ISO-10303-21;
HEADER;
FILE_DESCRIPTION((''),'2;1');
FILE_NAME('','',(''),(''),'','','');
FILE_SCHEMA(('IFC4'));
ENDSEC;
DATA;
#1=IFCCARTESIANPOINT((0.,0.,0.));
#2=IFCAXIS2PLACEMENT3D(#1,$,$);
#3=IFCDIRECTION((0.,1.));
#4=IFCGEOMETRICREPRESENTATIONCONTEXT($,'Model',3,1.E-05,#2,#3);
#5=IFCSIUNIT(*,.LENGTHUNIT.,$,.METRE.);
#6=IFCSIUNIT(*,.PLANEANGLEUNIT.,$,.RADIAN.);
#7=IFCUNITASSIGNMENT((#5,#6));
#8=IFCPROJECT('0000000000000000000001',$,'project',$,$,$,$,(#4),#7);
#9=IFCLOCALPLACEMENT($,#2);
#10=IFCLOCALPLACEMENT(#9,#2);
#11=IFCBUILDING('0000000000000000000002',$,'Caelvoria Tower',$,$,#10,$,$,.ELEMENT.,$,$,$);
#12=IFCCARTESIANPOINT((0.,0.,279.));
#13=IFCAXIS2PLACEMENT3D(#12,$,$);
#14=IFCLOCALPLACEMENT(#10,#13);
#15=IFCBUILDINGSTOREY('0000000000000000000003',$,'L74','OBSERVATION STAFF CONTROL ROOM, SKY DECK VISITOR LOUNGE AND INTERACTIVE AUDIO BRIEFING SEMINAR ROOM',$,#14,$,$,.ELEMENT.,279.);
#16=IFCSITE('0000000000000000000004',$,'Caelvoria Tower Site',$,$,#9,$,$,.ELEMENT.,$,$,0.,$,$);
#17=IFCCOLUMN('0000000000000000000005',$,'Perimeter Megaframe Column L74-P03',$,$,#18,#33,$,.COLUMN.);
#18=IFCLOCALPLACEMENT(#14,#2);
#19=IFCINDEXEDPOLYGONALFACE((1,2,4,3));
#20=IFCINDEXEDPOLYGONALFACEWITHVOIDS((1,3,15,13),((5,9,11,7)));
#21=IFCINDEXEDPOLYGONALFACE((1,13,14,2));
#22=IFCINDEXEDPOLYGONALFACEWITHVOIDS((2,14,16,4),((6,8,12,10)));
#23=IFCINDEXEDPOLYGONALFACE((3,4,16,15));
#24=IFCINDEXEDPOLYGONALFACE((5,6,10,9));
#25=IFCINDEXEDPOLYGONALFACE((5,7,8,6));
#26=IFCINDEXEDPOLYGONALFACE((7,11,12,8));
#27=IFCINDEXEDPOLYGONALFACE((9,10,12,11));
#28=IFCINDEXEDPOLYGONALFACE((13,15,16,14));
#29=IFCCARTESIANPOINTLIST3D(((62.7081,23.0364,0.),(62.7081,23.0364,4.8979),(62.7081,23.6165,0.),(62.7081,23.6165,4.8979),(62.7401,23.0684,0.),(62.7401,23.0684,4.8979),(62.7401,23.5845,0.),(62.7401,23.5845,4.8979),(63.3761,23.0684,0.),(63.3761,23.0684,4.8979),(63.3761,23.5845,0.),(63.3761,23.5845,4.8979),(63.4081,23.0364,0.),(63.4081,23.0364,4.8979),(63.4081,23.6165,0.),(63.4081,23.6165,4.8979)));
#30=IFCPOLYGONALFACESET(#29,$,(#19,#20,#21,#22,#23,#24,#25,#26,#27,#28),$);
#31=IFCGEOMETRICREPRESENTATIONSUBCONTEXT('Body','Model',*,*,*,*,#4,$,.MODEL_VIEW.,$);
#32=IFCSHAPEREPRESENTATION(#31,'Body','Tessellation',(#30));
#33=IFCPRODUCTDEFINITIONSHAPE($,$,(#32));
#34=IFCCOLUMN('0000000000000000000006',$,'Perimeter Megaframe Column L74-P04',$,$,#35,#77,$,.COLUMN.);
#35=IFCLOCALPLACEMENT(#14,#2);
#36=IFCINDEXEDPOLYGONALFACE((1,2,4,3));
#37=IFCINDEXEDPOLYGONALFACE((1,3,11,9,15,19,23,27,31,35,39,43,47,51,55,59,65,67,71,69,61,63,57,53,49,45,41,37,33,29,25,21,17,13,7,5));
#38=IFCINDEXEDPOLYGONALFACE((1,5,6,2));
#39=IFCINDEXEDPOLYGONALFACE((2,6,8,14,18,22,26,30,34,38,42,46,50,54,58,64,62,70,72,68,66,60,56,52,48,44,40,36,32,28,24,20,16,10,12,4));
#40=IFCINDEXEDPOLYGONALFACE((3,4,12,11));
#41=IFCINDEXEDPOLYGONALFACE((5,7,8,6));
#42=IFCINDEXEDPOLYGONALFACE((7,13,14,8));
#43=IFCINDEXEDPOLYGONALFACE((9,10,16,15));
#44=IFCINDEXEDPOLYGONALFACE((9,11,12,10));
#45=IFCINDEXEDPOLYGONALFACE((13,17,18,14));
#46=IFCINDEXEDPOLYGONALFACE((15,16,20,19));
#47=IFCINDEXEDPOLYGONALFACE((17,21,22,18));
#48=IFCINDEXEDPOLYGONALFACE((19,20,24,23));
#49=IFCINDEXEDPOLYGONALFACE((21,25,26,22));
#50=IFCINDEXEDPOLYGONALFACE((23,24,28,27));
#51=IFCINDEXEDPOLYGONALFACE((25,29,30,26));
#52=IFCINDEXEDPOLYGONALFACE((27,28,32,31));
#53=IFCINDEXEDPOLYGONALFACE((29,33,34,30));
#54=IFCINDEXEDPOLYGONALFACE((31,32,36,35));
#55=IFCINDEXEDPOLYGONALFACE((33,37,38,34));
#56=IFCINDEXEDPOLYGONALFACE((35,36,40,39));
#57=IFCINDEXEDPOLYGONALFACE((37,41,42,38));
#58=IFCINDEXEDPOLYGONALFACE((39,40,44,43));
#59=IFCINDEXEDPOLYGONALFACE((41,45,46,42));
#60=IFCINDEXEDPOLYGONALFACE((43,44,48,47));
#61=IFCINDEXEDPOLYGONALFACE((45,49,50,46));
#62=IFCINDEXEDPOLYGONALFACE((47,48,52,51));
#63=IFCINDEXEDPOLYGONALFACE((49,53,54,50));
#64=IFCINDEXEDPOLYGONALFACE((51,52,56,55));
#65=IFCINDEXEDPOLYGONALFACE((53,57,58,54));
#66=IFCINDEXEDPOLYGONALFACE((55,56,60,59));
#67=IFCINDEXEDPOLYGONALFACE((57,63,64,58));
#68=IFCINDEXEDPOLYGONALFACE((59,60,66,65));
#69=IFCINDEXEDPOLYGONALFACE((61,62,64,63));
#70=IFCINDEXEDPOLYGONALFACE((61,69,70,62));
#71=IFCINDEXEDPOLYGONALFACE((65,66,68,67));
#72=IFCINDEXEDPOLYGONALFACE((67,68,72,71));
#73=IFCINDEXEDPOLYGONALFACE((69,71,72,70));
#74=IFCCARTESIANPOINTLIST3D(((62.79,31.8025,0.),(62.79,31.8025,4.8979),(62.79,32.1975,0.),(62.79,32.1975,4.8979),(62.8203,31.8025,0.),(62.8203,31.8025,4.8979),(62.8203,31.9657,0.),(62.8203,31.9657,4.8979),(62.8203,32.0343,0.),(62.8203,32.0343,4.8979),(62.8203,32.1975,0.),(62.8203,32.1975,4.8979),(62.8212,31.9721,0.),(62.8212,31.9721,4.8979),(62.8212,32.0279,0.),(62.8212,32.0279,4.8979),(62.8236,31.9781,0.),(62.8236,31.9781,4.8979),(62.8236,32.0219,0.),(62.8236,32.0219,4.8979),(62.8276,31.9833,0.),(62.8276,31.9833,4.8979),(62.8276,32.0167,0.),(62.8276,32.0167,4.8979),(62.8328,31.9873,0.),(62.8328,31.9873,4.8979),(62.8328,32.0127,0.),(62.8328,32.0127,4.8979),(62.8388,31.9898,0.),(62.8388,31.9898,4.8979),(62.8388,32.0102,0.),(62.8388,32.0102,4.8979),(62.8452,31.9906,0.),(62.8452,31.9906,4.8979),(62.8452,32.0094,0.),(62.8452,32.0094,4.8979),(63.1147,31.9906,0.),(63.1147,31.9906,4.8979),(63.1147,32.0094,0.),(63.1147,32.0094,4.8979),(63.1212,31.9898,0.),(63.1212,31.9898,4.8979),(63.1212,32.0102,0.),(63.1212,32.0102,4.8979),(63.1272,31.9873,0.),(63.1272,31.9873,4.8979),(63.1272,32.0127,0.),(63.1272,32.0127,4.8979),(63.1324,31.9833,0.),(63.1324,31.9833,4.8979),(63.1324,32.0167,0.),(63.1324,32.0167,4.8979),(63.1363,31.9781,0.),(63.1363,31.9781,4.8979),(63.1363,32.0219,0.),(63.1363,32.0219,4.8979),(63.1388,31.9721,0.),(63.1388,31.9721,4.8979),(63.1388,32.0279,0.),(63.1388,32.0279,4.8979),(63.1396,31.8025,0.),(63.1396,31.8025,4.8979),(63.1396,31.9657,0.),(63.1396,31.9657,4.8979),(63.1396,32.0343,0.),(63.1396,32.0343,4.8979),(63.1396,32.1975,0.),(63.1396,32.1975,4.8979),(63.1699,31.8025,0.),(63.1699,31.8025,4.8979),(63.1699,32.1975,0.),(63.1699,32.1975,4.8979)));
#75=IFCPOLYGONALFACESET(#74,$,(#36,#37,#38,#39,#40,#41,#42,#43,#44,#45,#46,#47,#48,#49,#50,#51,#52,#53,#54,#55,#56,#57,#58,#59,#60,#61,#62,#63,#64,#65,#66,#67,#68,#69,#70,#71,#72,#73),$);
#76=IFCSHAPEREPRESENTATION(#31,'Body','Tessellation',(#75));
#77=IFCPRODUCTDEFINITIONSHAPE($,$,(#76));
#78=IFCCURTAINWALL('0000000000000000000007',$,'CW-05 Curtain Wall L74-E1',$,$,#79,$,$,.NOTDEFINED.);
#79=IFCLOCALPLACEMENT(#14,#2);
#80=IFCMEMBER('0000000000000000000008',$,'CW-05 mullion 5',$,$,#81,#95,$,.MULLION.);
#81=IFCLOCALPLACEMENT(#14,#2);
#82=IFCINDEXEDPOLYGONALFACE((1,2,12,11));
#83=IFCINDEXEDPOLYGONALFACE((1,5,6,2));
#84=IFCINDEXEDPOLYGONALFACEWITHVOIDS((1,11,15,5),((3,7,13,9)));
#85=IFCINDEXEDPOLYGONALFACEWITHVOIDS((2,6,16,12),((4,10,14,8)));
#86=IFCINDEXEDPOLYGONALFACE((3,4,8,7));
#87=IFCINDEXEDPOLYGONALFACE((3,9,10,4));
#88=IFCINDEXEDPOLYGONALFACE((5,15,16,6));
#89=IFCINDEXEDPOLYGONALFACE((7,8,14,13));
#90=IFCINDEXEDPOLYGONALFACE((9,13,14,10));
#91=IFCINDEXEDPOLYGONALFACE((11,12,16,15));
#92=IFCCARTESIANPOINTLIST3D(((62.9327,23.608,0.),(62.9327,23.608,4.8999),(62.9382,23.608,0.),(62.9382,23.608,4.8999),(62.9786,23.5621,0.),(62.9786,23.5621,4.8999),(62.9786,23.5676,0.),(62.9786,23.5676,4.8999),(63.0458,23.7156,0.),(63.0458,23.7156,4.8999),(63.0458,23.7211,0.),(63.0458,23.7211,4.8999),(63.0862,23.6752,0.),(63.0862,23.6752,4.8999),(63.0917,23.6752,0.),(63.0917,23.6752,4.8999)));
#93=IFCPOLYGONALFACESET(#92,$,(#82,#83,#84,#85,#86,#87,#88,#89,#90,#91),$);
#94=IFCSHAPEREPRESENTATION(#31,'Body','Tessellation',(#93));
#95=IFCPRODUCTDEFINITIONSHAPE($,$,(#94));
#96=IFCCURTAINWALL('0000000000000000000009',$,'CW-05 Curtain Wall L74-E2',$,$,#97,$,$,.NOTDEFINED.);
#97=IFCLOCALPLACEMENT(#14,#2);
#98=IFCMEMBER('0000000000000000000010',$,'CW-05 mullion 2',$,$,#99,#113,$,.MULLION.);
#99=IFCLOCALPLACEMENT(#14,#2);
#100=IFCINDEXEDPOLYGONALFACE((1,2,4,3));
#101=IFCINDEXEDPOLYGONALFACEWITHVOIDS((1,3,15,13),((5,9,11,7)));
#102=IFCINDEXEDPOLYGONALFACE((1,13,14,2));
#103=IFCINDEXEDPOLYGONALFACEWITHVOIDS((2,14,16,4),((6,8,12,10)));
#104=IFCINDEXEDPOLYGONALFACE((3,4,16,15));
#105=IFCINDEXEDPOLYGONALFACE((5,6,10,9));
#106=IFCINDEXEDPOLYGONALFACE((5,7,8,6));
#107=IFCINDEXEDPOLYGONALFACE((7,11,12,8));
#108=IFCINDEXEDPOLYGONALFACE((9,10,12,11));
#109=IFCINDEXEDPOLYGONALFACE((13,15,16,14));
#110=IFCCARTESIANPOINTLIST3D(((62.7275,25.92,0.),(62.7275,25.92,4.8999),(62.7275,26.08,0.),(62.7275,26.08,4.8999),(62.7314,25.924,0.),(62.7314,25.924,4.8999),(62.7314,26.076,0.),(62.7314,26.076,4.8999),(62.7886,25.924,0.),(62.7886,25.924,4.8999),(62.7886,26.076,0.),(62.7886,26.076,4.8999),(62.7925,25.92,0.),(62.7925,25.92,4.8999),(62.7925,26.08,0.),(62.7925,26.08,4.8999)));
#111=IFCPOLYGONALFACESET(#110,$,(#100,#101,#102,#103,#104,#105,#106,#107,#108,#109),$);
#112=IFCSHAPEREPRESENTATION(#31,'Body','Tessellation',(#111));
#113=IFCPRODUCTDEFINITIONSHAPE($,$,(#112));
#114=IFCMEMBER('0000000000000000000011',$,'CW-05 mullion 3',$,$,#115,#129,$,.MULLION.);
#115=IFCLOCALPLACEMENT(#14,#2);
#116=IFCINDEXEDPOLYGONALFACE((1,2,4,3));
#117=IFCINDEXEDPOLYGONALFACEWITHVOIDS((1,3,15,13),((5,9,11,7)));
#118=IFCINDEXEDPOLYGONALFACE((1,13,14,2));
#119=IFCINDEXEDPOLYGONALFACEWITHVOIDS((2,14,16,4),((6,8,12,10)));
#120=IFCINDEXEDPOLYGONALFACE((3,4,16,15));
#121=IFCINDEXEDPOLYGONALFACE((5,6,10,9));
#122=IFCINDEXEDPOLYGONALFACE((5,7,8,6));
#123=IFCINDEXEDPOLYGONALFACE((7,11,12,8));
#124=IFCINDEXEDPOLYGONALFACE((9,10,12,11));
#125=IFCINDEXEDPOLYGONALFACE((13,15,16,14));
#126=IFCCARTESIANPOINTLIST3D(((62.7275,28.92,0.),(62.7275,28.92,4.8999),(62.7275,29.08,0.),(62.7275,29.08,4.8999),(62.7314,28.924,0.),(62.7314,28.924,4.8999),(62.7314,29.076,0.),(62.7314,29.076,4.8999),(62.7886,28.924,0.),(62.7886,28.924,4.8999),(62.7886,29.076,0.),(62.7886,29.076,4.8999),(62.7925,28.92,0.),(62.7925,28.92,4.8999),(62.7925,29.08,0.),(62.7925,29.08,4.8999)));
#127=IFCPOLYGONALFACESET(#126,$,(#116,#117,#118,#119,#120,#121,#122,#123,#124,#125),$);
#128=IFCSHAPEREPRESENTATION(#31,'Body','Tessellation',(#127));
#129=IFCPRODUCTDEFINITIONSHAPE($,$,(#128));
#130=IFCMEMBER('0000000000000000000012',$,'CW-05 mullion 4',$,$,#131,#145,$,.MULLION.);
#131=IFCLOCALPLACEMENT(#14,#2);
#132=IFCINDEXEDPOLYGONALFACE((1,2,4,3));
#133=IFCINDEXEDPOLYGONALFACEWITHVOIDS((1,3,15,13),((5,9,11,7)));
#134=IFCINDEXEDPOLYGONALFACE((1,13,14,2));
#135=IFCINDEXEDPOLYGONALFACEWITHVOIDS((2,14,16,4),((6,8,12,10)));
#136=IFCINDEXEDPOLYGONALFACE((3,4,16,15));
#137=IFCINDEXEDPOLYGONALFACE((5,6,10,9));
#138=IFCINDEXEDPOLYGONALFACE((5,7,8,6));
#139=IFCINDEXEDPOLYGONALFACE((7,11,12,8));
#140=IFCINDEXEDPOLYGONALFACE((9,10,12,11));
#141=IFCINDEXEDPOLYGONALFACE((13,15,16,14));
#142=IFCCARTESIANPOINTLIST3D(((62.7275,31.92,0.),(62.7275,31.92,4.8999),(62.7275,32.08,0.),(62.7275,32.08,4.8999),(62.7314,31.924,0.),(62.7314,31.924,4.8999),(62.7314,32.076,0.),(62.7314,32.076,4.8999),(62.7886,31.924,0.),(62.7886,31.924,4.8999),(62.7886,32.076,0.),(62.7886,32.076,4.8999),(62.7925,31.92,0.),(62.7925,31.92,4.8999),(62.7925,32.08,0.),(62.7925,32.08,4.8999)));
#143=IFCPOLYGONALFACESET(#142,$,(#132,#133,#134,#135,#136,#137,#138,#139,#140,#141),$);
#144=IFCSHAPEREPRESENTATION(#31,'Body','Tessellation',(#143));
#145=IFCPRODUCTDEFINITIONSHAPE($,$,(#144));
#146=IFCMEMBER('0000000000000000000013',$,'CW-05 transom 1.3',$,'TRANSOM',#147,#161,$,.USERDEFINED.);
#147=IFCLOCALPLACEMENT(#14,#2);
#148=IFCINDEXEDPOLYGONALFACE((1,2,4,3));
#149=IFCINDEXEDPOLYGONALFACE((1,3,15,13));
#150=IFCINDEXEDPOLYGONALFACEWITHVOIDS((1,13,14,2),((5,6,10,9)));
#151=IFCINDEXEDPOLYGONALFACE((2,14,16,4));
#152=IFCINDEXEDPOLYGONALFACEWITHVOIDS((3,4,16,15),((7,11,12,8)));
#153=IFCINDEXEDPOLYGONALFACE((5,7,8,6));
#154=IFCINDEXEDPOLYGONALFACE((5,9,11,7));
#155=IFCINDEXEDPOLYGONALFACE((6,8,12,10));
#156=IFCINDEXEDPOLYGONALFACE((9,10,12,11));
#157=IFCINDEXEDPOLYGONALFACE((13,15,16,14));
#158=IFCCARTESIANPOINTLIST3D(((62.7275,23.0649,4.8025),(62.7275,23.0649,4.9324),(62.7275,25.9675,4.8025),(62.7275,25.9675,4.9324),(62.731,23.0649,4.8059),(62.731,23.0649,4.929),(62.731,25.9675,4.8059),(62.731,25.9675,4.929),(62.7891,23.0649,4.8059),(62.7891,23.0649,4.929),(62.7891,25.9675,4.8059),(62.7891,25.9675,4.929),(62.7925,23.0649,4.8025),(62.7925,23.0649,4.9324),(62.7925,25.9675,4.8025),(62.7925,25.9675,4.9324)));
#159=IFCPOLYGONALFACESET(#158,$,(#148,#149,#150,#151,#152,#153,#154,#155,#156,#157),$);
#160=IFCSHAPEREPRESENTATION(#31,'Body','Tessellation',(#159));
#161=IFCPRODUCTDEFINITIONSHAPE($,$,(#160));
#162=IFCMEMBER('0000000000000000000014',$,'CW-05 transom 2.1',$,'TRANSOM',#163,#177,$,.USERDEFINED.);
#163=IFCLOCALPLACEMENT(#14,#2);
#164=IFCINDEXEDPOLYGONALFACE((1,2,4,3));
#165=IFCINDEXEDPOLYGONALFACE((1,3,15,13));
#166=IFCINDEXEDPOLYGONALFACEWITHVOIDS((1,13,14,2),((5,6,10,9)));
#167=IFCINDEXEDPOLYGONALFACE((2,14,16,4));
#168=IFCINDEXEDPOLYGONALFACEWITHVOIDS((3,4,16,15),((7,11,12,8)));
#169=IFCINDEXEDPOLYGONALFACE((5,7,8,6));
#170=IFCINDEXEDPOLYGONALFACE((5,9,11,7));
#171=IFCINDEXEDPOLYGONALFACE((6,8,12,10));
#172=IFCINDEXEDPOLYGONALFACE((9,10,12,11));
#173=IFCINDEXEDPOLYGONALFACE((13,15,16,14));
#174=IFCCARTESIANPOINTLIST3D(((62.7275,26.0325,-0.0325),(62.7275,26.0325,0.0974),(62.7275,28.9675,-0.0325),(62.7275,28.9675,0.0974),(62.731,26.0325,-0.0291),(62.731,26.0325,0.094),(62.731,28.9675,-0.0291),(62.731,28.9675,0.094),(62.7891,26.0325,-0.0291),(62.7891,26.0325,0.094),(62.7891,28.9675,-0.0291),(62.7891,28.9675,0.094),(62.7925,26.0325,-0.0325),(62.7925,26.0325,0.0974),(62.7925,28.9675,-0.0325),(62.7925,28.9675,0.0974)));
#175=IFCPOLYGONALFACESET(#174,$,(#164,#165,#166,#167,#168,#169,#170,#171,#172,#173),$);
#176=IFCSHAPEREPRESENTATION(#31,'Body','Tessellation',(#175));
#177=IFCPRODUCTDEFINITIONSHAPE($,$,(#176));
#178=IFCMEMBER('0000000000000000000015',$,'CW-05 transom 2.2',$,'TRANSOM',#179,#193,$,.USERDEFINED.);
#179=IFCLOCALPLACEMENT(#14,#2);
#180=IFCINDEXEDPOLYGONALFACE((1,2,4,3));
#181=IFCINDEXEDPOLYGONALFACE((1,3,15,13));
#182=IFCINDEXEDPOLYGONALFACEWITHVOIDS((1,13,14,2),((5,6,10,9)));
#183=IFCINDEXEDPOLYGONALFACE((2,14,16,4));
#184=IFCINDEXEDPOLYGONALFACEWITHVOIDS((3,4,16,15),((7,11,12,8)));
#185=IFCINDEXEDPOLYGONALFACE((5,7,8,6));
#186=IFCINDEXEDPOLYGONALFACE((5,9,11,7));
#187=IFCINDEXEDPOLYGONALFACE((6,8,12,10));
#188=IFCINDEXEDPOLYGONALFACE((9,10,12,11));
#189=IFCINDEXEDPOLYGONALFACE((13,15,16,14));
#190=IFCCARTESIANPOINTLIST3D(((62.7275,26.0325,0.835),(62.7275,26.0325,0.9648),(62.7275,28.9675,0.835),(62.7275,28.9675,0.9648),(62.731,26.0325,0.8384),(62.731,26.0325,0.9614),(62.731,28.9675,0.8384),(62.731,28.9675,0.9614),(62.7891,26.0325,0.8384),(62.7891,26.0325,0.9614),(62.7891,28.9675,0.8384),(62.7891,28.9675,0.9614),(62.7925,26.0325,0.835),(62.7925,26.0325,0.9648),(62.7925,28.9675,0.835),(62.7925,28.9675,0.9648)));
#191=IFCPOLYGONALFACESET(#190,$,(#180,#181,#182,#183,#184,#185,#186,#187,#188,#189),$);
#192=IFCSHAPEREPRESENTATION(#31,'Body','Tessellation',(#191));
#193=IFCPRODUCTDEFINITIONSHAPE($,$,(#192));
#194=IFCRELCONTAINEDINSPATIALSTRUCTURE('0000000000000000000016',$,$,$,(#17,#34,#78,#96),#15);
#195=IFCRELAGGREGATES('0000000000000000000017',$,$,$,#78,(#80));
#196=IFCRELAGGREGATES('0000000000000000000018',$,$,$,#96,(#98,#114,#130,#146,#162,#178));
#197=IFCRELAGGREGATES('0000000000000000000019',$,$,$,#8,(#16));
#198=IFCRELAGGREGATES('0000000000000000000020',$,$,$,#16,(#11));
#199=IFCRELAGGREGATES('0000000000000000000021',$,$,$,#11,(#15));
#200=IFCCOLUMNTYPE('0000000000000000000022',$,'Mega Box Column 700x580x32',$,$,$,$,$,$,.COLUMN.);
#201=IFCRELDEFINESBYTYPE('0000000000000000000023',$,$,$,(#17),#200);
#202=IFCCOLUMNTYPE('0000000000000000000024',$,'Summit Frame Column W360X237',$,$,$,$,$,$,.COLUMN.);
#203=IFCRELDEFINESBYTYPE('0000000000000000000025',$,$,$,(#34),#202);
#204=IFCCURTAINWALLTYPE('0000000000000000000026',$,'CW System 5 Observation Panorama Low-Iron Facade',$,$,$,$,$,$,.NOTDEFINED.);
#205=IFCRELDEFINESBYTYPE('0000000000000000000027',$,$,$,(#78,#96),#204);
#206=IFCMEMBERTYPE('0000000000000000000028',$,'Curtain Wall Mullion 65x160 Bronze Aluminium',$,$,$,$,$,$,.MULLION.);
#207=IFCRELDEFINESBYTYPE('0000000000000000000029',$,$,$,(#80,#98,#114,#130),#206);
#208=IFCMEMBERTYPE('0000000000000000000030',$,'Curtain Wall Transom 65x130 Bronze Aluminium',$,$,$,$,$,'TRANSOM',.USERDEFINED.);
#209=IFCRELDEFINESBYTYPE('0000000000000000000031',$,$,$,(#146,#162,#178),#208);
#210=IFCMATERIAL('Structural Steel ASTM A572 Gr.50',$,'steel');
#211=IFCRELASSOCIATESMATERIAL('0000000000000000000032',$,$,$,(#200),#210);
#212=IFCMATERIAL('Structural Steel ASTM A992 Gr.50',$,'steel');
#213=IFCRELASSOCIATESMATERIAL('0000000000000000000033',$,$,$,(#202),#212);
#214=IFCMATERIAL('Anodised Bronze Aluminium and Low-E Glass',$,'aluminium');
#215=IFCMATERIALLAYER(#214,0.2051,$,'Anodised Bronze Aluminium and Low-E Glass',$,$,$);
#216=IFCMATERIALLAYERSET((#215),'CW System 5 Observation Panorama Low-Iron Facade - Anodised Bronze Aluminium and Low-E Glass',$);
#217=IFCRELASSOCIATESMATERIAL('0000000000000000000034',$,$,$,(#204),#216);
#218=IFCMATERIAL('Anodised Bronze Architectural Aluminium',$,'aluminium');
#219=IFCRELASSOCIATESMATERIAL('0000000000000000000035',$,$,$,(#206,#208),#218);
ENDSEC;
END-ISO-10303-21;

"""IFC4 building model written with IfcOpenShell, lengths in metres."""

from ifc_helpers import new_model, si_unit, direction, frame, origin, origin_2d, place, context, subcontext, project, spatial, hollow_rectangle, i_section, extrude, material, layer, layer_set, material_profile, profile_set, type_object, element, aggregate, save


model = new_model("IFC4")

# Units and contexts
model_context = context("Model", 3, precision=1e-05, world=origin(), true_north=direction((0.0, 1.0)))
body_context = subcontext(model_context, "Body", "Model", "MODEL_VIEW")
ifc_project = project(units=[si_unit("LENGTHUNIT", "METRE"), si_unit("PLANEANGLEUNIT", "RADIAN")], contexts=[model_context])

# Site, building, storey
site_placement = place(None, origin())
site = spatial("IfcSite", under=ifc_project, at=site_placement, Name="Caelvoria Tower Site", CompositionType="ELEMENT", RefElevation=0.0)
building_placement = place(site_placement, origin())
building = spatial("IfcBuilding", under=site, at=building_placement, Name="Caelvoria Tower", CompositionType="ELEMENT")
storey_placement = place(building_placement, frame((0.0, 0.0, 279.0)))
storey = spatial("IfcBuildingStorey", under=building, at=storey_placement, Name="L74", Description="OBSERVATION STAFF CONTROL ROOM, SKY DECK VISITOR LOUNGE AND INTERACTIVE AUDIO BRIEFING SEMINAR ROOM", CompositionType="ELEMENT", Elevation=279.0)

# Columns
ifc_material_1 = material(Name="Structural Steel ASTM A572 Gr.50", Category="steel")
ifc_material_profile_1 = material_profile(ifc_material_1, hollow_rectangle(XDim=0.5801, YDim=0.7, WallThickness=0.032, at=origin_2d()), Name="Structural Steel ASTM A572 Gr.50")
ifc_profile_set_1 = profile_set([ifc_material_profile_1], Name="BOX700X580X32 - Structural Steel ASTM A572 Gr.50")
column_type_1 = type_object("IfcColumnType", Name="Mega Box Column 700x580x32", PredefinedType="COLUMN", material=ifc_profile_set_1)
column_1_placement = place(storey_placement, frame((63.0581, 23.3264, 0.0), z_axis=(0.0, 0.0, 1.0), x_axis=(0.0, 1.0, 0.0)))
element("IfcColumn", 1, at=column_1_placement, inside=storey, type_object=column_type_1, Name="Perimeter Megaframe Column L74-P03", PredefinedType="COLUMN", context=body_context, shape_type="SweptSolid", body=[
    extrude(hollow_rectangle(XDim=0.5801, YDim=0.7, WallThickness=0.032, at=origin_2d()), origin(), (0.0, 0.0, 1.0), 4.8979),
])
ifc_material_2 = material(Name="Structural Steel ASTM A992 Gr.50", Category="steel")
ifc_material_profile_2 = material_profile(ifc_material_2, i_section(OverallWidth=0.395, OverallDepth=0.3799, WebThickness=0.0188, FlangeThickness=0.0303, FilletRadius=0.0249, at=origin_2d()), Name="Structural Steel ASTM A992 Gr.50")
ifc_profile_set_2 = profile_set([ifc_material_profile_2], Name="W360X237 - Structural Steel ASTM A992 Gr.50")
column_type_2 = type_object("IfcColumnType", Name="Summit Frame Column W360X237", PredefinedType="COLUMN", material=ifc_profile_set_2)
column_2_placement = place(storey_placement, frame((62.98, 32.0, 0.0), z_axis=(0.0, 0.0, 1.0), x_axis=(0.0, 1.0, 0.0)))
element("IfcColumn", 2, at=column_2_placement, inside=storey, type_object=column_type_2, Name="Perimeter Megaframe Column L74-P04", PredefinedType="COLUMN", context=body_context, shape_type="SweptSolid", body=[
    extrude(i_section(OverallWidth=0.395, OverallDepth=0.3799, WebThickness=0.0188, FlangeThickness=0.0303, FilletRadius=0.0249, at=origin_2d()), origin(), (0.0, 0.0, 1.0), 4.8979),
])

# Curtain wall, member
ifc_material_3 = material(Name="Anodised Bronze Aluminium and Low-E Glass", Category="aluminium")
ifc_layer_1 = layer(ifc_material_3, 0.2051, Name="Anodised Bronze Aluminium and Low-E Glass")
ifc_layer_set_1 = layer_set([ifc_layer_1], Name="CW System 5 Observation Panorama Low-Iron Facade - Anodised Bronze Aluminium and Low-E Glass")
curtain_wall_type = type_object("IfcCurtainWallType", Name="CW System 5 Observation Panorama Low-Iron Facade", PredefinedType="NOTDEFINED", material=ifc_layer_set_1)
curtain_wall_1_placement = place(storey_placement, origin())
curtain_wall_1 = element("IfcCurtainWall", 3, at=curtain_wall_1_placement, inside=storey, type_object=curtain_wall_type, Name="CW-05 Curtain Wall L74-E1", PredefinedType="NOTDEFINED")
ifc_material_4 = material(Name="Anodised Bronze Architectural Aluminium", Category="aluminium")
ifc_material_profile_3 = material_profile(ifc_material_4, hollow_rectangle(XDim=0.0649, YDim=0.1599, WallThickness=0.0039, at=origin_2d()), Name="Anodised Bronze Architectural Aluminium")
ifc_profile_set_3 = profile_set([ifc_material_profile_3], Name="CW_MULL_65X160 - Anodised Bronze Architectural Aluminium")
member_type_1 = type_object("IfcMemberType", Name="Curtain Wall Mullion 65x160 Bronze Aluminium", PredefinedType="MULLION", material=ifc_profile_set_3)
member_1_placement = place(storey_placement, frame((63.0122, 23.6416, 0.0), z_axis=(0.0, 0.0, 1.0), x_axis=(-0.707107, 0.707107, 0.0)))
member_1 = element("IfcMember", 4, at=member_1_placement, type_object=member_type_1, Name="CW-05 mullion 5", PredefinedType="MULLION", context=body_context, shape_type="SweptSolid", body=[
    extrude(hollow_rectangle(XDim=0.0649, YDim=0.1599, WallThickness=0.0039, at=origin_2d()), origin(), (0.0, 0.0, 1.0), 4.8999),
])
aggregate(curtain_wall_1, [member_1])

# Curtain wall, members
curtain_wall_2_placement = place(storey_placement, origin())
curtain_wall_2 = element("IfcCurtainWall", 5, at=curtain_wall_2_placement, inside=storey, type_object=curtain_wall_type, Name="CW-05 Curtain Wall L74-E2", PredefinedType="NOTDEFINED")
member_2_placement = place(storey_placement, frame((62.76, 26.0, 0.0), z_axis=(0.0, 0.0, 1.0), x_axis=(-1.0, 0.0, 0.0)))
member_2 = element("IfcMember", 6, at=member_2_placement, type_object=member_type_1, Name="CW-05 mullion 2", PredefinedType="MULLION", context=body_context, shape_type="SweptSolid", body=[
    extrude(hollow_rectangle(XDim=0.0649, YDim=0.1599, WallThickness=0.0039, at=origin_2d()), origin(), (0.0, 0.0, 1.0), 4.8999),
])
member_3_placement = place(storey_placement, frame((62.76, 29.0, 0.0), z_axis=(0.0, 0.0, 1.0), x_axis=(-1.0, 0.0, 0.0)))
member_3 = element("IfcMember", 7, at=member_3_placement, type_object=member_type_1, Name="CW-05 mullion 3", PredefinedType="MULLION", context=body_context, shape_type="SweptSolid", body=[
    extrude(hollow_rectangle(XDim=0.0649, YDim=0.1599, WallThickness=0.0039, at=origin_2d()), origin(), (0.0, 0.0, 1.0), 4.8999),
])
member_4_placement = place(storey_placement, frame((62.76, 32.0, 0.0), z_axis=(0.0, 0.0, 1.0), x_axis=(-1.0, 0.0, 0.0)))
member_4 = element("IfcMember", 8, at=member_4_placement, type_object=member_type_1, Name="CW-05 mullion 4", PredefinedType="MULLION", context=body_context, shape_type="SweptSolid", body=[
    extrude(hollow_rectangle(XDim=0.0649, YDim=0.1599, WallThickness=0.0039, at=origin_2d()), origin(), (0.0, 0.0, 1.0), 4.8999),
])
ifc_material_profile_4 = material_profile(ifc_material_4, hollow_rectangle(XDim=0.0649, YDim=0.1299, WallThickness=0.0034, at=origin_2d()), Name="Anodised Bronze Architectural Aluminium")
ifc_profile_set_4 = profile_set([ifc_material_profile_4], Name="CW_TRAN_65X130 - Anodised Bronze Architectural Aluminium")
member_type_2 = type_object("IfcMemberType", Name="Curtain Wall Transom 65x130 Bronze Aluminium", ElementType="TRANSOM", PredefinedType="USERDEFINED", material=ifc_profile_set_4)
member_5_placement = place(storey_placement, frame((62.76, 23.0649, 4.8674), z_axis=(0.0, 1.0, 0.0), x_axis=(-1.0, 0.0, 0.0)))
member_5 = element("IfcMember", 9, at=member_5_placement, type_object=member_type_2, Name="CW-05 transom 1.3", ObjectType="TRANSOM", PredefinedType="USERDEFINED", context=body_context, shape_type="SweptSolid", body=[
    extrude(hollow_rectangle(XDim=0.0649, YDim=0.1299, WallThickness=0.0034, at=origin_2d()), origin(), (0.0, 0.0, 1.0), 2.9026),
])
member_6_placement = place(storey_placement, frame((62.76, 26.0325, 0.0325), z_axis=(0.0, 1.0, 0.0), x_axis=(-1.0, 0.0, 0.0)))
member_6 = element("IfcMember", 10, at=member_6_placement, type_object=member_type_2, Name="CW-05 transom 2.1", ObjectType="TRANSOM", PredefinedType="USERDEFINED", context=body_context, shape_type="SweptSolid", body=[
    extrude(hollow_rectangle(XDim=0.0649, YDim=0.1299, WallThickness=0.0034, at=origin_2d()), origin(), (0.0, 0.0, 1.0), 2.9351),
])
member_7_placement = place(storey_placement, frame((62.76, 26.0325, 0.8999), z_axis=(0.0, 1.0, 0.0), x_axis=(-1.0, 0.0, 0.0)))
member_7 = element("IfcMember", 11, at=member_7_placement, type_object=member_type_2, Name="CW-05 transom 2.2", ObjectType="TRANSOM", PredefinedType="USERDEFINED", context=body_context, shape_type="SweptSolid", body=[
    extrude(hollow_rectangle(XDim=0.0649, YDim=0.1299, WallThickness=0.0034, at=origin_2d()), origin(), (0.0, 0.0, 1.0), 2.9351),
])

aggregate(curtain_wall_2, [member_2, member_3, member_4, member_5, member_6, member_7])

save(model, "model.ifc")
